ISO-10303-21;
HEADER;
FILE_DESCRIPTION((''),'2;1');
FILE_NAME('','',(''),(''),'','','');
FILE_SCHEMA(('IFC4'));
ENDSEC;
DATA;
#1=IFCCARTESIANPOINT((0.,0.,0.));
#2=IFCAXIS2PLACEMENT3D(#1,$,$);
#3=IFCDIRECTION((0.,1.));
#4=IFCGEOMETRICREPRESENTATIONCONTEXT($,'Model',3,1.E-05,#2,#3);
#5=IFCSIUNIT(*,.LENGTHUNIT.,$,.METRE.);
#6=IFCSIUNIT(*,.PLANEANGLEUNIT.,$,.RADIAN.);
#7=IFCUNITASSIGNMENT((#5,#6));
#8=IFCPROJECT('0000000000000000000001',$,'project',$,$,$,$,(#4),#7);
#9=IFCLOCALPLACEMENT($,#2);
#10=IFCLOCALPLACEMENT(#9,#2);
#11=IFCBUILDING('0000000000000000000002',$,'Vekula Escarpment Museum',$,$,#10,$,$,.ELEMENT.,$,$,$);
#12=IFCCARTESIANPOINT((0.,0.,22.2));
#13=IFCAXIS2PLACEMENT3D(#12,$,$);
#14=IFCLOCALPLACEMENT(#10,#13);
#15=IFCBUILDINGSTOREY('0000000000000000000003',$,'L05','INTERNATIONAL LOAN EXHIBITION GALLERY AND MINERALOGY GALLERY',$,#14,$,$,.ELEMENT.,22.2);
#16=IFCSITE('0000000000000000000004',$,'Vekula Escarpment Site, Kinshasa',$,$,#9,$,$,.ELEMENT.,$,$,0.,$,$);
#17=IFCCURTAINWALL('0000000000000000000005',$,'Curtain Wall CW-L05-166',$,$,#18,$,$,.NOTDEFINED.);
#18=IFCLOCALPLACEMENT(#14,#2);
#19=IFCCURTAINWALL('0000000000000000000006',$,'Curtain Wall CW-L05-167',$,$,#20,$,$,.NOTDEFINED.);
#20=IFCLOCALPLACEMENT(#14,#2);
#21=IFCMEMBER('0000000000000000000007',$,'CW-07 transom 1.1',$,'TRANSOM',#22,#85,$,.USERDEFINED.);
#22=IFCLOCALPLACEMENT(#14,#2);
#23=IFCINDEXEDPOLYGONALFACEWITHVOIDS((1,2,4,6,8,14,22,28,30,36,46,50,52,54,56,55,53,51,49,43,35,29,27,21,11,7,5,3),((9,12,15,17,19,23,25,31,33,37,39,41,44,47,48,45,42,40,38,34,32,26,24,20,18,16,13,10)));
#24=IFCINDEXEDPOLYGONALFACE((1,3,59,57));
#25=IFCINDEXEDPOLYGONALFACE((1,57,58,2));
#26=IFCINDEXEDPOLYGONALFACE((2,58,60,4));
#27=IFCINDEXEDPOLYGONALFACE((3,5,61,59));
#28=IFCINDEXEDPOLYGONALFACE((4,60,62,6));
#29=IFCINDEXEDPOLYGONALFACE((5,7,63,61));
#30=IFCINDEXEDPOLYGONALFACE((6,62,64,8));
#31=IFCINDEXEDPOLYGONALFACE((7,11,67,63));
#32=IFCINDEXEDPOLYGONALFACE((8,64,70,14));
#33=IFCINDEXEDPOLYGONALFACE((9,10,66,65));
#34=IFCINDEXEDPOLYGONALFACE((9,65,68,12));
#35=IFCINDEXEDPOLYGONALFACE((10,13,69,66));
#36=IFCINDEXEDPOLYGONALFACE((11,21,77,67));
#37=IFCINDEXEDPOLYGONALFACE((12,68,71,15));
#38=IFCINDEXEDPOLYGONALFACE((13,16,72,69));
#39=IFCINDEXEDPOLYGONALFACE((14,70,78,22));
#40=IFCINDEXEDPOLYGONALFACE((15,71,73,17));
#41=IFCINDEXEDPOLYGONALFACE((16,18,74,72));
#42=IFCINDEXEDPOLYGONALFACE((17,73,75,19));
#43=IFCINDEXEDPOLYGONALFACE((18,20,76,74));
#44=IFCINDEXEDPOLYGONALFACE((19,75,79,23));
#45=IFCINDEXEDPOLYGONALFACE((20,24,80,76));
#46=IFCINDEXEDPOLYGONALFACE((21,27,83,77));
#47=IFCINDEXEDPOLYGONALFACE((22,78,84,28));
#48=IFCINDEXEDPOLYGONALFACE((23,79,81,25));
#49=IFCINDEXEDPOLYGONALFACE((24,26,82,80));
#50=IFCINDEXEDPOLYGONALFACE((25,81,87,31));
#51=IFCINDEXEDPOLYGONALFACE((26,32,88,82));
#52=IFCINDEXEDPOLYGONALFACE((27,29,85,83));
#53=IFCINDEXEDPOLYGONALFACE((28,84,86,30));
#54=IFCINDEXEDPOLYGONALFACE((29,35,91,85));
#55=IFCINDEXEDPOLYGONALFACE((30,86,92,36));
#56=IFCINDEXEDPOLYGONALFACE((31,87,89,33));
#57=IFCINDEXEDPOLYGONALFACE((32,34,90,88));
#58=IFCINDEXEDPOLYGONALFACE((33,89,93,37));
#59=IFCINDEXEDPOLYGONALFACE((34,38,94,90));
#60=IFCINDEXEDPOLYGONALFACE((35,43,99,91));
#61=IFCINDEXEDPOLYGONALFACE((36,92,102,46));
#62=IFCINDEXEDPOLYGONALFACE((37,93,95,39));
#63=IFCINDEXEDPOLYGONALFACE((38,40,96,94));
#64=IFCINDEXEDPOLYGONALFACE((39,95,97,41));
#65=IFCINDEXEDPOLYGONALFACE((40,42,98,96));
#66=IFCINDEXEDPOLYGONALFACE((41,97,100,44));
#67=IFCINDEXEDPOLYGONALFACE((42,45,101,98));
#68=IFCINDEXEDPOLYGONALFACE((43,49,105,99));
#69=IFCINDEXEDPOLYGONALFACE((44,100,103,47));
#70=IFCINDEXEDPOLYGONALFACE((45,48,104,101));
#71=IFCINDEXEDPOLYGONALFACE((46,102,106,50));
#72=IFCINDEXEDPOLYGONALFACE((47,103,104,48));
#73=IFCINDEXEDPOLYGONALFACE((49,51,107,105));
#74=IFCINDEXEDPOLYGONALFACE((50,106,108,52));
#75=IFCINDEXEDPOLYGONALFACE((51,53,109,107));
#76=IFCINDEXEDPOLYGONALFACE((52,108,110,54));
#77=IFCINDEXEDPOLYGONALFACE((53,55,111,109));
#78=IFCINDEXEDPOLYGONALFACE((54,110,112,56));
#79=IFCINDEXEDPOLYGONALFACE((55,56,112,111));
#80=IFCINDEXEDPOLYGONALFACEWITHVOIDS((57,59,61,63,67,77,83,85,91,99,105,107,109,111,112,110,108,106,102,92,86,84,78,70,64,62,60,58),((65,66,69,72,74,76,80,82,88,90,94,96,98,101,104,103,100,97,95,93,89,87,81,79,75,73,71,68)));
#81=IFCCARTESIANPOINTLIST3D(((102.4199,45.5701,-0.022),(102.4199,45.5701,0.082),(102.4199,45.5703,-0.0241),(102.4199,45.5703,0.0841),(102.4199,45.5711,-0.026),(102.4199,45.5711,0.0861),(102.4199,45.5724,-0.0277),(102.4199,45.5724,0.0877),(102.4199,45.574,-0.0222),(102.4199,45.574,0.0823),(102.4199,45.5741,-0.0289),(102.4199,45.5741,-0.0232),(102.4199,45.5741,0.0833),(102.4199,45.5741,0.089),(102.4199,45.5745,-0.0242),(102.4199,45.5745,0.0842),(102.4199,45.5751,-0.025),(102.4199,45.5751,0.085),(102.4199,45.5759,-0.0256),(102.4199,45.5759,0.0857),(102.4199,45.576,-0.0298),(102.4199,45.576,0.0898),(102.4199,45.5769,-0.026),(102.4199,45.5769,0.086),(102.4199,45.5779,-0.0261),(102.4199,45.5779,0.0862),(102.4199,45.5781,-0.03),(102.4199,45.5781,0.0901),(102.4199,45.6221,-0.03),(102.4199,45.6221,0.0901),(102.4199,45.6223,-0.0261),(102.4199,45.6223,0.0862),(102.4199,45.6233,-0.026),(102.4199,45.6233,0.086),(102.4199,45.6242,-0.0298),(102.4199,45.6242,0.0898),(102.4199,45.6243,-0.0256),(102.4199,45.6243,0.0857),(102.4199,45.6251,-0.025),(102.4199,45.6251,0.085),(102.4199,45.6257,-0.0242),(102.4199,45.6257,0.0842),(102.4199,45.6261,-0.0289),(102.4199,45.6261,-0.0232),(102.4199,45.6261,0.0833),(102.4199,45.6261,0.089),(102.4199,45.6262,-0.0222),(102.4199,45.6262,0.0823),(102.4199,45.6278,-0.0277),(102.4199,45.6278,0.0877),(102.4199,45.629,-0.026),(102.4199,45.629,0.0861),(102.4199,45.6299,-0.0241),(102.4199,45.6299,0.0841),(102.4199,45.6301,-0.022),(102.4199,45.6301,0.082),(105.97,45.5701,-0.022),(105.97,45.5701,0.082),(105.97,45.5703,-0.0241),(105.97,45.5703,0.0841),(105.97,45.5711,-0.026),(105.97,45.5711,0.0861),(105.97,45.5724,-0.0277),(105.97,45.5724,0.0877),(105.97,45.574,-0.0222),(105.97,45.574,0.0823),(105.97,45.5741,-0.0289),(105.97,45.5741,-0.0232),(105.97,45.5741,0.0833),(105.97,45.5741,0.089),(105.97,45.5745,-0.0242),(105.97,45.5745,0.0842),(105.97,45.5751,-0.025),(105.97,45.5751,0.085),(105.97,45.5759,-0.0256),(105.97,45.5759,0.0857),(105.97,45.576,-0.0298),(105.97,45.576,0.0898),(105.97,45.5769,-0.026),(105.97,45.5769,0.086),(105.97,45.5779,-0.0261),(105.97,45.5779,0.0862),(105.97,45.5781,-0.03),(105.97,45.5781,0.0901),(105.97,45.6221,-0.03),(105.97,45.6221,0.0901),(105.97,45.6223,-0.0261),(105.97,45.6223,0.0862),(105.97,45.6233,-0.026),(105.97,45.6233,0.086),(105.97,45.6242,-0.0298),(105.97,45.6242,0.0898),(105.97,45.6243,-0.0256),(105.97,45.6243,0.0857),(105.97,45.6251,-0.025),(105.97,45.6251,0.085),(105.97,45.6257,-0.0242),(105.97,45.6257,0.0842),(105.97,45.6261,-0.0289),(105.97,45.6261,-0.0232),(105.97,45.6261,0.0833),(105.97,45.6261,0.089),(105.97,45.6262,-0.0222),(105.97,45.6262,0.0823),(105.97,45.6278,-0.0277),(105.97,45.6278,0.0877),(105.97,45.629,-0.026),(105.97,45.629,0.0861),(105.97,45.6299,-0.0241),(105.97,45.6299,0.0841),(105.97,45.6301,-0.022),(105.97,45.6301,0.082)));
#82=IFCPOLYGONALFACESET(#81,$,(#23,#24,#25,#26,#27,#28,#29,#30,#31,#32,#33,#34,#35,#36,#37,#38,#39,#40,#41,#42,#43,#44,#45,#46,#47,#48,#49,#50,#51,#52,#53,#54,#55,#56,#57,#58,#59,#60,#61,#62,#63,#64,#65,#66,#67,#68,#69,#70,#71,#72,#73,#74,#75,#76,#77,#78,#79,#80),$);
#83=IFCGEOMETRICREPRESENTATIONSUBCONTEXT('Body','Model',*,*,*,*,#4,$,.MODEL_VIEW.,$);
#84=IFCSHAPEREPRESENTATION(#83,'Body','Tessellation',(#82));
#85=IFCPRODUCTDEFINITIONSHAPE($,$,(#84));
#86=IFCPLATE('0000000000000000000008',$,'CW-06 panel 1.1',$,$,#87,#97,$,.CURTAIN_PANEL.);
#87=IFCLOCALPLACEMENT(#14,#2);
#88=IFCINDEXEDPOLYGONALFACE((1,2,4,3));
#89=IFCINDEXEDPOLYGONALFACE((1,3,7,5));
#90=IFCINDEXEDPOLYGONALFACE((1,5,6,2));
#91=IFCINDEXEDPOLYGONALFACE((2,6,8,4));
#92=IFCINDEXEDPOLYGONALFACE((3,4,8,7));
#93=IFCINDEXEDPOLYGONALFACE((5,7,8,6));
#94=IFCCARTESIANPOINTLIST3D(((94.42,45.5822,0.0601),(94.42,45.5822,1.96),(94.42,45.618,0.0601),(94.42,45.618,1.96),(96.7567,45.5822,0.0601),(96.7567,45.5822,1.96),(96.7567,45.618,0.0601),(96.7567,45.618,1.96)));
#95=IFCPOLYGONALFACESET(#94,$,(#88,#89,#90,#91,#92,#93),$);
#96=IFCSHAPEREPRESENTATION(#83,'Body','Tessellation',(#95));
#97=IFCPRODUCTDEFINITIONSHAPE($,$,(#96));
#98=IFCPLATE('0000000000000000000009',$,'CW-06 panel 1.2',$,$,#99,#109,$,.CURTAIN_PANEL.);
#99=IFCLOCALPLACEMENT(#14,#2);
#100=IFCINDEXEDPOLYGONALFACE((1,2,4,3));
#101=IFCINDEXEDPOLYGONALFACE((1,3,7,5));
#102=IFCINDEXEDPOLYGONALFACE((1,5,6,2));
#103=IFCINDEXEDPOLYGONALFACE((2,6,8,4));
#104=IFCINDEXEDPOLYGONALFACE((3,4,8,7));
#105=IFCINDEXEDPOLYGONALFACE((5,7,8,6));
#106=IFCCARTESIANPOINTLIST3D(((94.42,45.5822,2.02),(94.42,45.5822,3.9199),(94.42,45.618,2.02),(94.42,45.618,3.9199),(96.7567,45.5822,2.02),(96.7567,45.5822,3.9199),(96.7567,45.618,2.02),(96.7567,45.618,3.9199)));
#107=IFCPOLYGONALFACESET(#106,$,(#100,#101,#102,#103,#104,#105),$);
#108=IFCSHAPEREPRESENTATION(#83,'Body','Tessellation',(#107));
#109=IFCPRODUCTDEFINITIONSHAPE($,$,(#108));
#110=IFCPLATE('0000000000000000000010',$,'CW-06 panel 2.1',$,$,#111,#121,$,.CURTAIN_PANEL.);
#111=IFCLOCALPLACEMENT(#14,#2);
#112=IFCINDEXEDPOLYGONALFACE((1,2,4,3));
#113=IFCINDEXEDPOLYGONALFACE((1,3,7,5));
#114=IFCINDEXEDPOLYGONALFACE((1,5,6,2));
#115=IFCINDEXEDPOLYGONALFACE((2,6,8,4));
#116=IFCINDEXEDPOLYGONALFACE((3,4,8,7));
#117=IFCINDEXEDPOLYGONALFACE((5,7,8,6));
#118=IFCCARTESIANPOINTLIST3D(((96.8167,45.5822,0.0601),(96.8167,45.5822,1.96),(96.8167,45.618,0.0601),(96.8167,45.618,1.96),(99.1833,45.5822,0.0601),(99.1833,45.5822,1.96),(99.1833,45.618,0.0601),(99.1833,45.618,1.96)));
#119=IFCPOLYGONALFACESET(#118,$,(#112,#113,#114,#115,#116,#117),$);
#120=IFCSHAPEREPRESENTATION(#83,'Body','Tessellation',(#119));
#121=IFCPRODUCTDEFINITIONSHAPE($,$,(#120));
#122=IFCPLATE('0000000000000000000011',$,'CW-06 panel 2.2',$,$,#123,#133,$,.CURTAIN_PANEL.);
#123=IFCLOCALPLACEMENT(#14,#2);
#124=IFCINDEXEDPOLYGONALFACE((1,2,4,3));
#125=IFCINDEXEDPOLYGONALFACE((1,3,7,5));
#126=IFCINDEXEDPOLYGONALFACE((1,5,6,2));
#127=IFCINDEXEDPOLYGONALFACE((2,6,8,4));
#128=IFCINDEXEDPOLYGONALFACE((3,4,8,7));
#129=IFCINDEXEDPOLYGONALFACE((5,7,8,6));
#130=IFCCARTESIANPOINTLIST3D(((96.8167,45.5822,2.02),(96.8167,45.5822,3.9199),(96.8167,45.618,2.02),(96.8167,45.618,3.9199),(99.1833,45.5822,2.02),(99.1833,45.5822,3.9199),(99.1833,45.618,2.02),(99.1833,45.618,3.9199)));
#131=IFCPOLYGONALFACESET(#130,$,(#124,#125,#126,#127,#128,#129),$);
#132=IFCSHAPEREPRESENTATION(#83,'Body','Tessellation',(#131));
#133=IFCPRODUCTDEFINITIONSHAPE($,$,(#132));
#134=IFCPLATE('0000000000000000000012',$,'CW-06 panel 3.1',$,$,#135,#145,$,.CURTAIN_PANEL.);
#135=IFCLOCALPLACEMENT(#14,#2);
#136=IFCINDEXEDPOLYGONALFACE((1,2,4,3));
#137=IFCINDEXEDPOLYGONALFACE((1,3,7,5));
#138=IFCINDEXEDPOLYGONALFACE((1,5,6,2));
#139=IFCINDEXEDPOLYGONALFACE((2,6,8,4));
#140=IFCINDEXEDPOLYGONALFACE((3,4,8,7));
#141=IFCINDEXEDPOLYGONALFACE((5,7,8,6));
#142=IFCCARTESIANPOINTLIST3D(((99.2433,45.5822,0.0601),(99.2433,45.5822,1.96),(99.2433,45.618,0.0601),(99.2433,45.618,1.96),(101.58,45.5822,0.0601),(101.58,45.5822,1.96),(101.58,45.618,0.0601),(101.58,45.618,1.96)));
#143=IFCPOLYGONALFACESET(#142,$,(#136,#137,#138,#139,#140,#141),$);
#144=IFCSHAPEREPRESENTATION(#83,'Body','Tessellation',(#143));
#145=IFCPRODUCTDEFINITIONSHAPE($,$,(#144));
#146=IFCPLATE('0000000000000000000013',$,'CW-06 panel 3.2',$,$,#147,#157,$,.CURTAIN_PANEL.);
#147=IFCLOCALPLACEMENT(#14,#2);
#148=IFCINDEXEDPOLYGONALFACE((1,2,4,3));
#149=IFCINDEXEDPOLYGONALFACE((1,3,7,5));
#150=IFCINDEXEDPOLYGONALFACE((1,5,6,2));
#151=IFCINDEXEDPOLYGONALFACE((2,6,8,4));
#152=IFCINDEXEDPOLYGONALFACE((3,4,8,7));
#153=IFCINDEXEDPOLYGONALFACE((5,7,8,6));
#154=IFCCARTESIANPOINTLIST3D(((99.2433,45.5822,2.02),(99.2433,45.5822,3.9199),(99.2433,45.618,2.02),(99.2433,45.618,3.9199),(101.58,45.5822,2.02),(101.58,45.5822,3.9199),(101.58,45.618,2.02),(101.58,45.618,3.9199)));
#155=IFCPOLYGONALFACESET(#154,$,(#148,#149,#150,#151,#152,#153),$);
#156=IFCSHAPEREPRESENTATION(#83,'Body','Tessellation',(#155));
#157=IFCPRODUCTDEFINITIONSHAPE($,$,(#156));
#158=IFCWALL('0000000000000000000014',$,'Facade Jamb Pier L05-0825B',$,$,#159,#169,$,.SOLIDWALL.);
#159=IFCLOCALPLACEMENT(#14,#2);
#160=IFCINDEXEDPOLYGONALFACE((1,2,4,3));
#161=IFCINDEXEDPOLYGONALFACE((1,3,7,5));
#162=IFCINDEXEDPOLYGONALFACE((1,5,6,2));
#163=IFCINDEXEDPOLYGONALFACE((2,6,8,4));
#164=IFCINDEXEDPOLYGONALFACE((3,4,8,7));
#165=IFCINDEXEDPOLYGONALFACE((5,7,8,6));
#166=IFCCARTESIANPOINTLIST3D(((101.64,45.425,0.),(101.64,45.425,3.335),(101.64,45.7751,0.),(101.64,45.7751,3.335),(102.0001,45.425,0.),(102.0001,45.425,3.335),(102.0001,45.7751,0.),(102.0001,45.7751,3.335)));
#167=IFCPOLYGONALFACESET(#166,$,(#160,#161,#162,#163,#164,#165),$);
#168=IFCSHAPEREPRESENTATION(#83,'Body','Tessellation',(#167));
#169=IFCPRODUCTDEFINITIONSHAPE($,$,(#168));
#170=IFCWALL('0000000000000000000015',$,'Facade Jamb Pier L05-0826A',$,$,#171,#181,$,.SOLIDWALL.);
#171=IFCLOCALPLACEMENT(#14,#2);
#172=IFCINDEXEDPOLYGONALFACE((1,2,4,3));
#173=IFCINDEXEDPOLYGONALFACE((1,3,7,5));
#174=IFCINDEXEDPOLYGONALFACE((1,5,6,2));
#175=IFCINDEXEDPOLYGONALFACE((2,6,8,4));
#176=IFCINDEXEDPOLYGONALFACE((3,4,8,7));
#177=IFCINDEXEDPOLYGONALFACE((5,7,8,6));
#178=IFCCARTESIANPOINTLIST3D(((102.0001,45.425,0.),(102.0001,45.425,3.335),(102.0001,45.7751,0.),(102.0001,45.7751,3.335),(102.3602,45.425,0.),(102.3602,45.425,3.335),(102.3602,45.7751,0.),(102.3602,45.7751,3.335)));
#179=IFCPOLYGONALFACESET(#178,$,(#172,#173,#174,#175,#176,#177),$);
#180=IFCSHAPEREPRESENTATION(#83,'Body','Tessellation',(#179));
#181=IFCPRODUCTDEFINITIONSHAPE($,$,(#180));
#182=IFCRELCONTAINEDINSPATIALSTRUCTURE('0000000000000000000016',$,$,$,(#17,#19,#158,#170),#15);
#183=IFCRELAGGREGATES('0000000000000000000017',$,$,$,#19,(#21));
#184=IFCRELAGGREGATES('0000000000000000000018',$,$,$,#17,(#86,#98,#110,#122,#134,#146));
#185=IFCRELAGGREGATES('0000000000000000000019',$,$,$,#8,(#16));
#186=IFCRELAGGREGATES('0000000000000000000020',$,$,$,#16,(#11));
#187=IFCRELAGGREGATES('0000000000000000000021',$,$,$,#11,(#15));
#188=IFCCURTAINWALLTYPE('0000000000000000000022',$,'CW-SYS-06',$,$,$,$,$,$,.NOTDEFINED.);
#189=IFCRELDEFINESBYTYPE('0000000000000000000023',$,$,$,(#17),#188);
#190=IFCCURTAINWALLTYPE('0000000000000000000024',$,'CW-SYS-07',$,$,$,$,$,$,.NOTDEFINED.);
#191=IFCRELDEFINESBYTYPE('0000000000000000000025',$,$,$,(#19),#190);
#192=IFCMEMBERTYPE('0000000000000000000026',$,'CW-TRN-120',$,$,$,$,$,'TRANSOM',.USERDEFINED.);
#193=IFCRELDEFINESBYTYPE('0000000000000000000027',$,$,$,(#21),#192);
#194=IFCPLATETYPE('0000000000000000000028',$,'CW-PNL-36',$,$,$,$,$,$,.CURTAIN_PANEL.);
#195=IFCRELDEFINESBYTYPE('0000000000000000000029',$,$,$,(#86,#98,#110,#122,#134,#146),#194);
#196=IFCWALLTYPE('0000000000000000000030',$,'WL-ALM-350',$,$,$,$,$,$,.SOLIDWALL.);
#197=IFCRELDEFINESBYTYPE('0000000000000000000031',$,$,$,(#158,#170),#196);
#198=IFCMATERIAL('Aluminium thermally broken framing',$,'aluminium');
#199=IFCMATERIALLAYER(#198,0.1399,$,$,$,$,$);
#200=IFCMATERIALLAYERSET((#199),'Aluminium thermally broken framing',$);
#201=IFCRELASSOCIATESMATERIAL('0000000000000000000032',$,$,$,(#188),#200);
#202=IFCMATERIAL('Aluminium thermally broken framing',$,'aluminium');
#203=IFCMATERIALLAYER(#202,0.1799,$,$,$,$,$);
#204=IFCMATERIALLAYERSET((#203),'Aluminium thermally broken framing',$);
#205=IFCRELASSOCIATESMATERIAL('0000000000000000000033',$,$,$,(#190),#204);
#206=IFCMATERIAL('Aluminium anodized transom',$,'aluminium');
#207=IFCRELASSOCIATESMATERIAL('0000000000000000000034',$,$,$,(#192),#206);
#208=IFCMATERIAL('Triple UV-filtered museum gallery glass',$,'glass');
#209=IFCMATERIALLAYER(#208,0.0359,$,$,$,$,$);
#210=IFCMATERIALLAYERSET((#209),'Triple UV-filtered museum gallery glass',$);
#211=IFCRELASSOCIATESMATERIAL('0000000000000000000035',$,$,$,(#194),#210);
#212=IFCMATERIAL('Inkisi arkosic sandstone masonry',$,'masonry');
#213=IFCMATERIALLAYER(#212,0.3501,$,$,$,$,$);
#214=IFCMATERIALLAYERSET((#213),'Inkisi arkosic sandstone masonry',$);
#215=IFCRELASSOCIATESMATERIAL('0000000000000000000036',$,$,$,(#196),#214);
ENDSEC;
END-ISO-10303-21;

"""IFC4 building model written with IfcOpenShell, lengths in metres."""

from ifc_helpers import new_model, si_unit, direction, frame, frame_2d, origin, origin_2d, place, context, subcontext, project, spatial, rectangle, hollow_rectangle, extrude, material, layer, layer_set, material_profile, profile_set, type_object, element, aggregate, save


model = new_model("IFC4")

# Units and contexts
model_context = context("Model", 3, precision=1e-05, world=origin(), true_north=direction((0.0, 1.0)))
body_context = subcontext(model_context, "Body", "Model", "MODEL_VIEW")
ifc_project = project(units=[si_unit("LENGTHUNIT", "METRE"), si_unit("PLANEANGLEUNIT", "RADIAN")], contexts=[model_context])

# Site, building, storey
site_placement = place(None, origin())
site = spatial("IfcSite", under=ifc_project, at=site_placement, Name="Vekula Escarpment Site, Kinshasa", CompositionType="ELEMENT", RefElevation=0.0)
building_placement = place(site_placement, origin())
building = spatial("IfcBuilding", under=site, at=building_placement, Name="Vekula Escarpment Museum", CompositionType="ELEMENT")
storey_placement = place(building_placement, frame((0.0, 0.0, 22.2)))
storey = spatial("IfcBuildingStorey", under=building, at=storey_placement, Name="L05", Description="INTERNATIONAL LOAN EXHIBITION GALLERY AND MINERALOGY GALLERY", CompositionType="ELEMENT", Elevation=22.2)

# Curtain wall
ifc_material_1 = material(Name="Aluminium thermally broken framing", Category="aluminium")
ifc_layer_1 = layer(ifc_material_1, 0.1399)
ifc_layer_set_1 = layer_set([ifc_layer_1], Name="Aluminium thermally broken framing")
curtain_wall_type_1 = type_object("IfcCurtainWallType", Name="CW-SYS-06", PredefinedType="NOTDEFINED", material=ifc_layer_set_1)
curtain_wall_1_placement = place(storey_placement, origin())
curtain_wall_1 = element("IfcCurtainWall", 1, at=curtain_wall_1_placement, inside=storey, type_object=curtain_wall_type_1, Name="Curtain Wall CW-L05-166", PredefinedType="NOTDEFINED")

# Curtain wall
ifc_material_2 = material(Name="Aluminium thermally broken framing", Category="aluminium")
ifc_layer_2 = layer(ifc_material_2, 0.1799)
ifc_layer_set_2 = layer_set([ifc_layer_2], Name="Aluminium thermally broken framing")
curtain_wall_type_2 = type_object("IfcCurtainWallType", Name="CW-SYS-07", PredefinedType="NOTDEFINED", material=ifc_layer_set_2)
curtain_wall_2_placement = place(storey_placement, origin())
curtain_wall_2 = element("IfcCurtainWall", 2, at=curtain_wall_2_placement, inside=storey, type_object=curtain_wall_type_2, Name="Curtain Wall CW-L05-167", PredefinedType="NOTDEFINED")

# Member
ifc_material_3 = material(Name="Aluminium anodized transom", Category="aluminium")
ifc_material_profile_1 = material_profile(ifc_material_3, hollow_rectangle(XDim=0.0601, YDim=0.1201, WallThickness=0.0039, InnerFilletRadius=0.0039, OuterFilletRadius=0.0081, at=origin_2d()), Name="ALU 120x60x4")
ifc_profile_set_1 = profile_set([ifc_material_profile_1], Name="Aluminium anodized transom")
member_type_1 = type_object("IfcMemberType", Name="CW-TRN-120", ElementType="TRANSOM", PredefinedType="USERDEFINED", material=ifc_profile_set_1)
member_1_placement = place(storey_placement, frame((102.4199, 45.6001, 0.03), z_axis=(1.0, 0.0, 0.0), x_axis=(0.0, 1.0, 0.0)))
member_1 = element("IfcMember", 3, at=member_1_placement, type_object=member_type_1, Name="CW-07 transom 1.1", ObjectType="TRANSOM", PredefinedType="USERDEFINED", context=body_context, shape_type="SweptSolid", body=[
    extrude(hollow_rectangle(XDim=0.0601, YDim=0.1201, WallThickness=0.0039, InnerFilletRadius=0.0039, OuterFilletRadius=0.0081, at=origin_2d()), origin(), (0.0, 0.0, 1.0), 3.55),
])
aggregate(curtain_wall_2, [member_1])

# Plates
ifc_material_4 = material(Name="Triple UV-filtered museum gallery glass", Category="glass")
ifc_layer_3 = layer(ifc_material_4, 0.0359)
ifc_layer_set_3 = layer_set([ifc_layer_3], Name="Triple UV-filtered museum gallery glass")
plate_type = type_object("IfcPlateType", Name="CW-PNL-36", PredefinedType="CURTAIN_PANEL", material=ifc_layer_set_3)
plate_1_placement = place(storey_placement, frame((95.5884, 45.6001, 0.0601), z_axis=(0.0, 0.0, 1.0), x_axis=(1.0, 0.0, 0.0)))
plate_1 = element("IfcPlate", 4, at=plate_1_placement, type_object=plate_type, Name="CW-06 panel 1.1", PredefinedType="CURTAIN_PANEL", context=body_context, shape_type="SweptSolid", body=[
    extrude(rectangle(XDim=2.3367, YDim=0.0359, at=origin_2d()), origin(), (0.0, 0.0, 1.0), 1.8999),
])
plate_2_placement = place(storey_placement, frame((95.5884, 45.6001, 2.02), z_axis=(0.0, 0.0, 1.0), x_axis=(1.0, 0.0, 0.0)))
plate_2 = element("IfcPlate", 5, at=plate_2_placement, type_object=plate_type, Name="CW-06 panel 1.2", PredefinedType="CURTAIN_PANEL", context=body_context, shape_type="SweptSolid", body=[
    extrude(rectangle(XDim=2.3367, YDim=0.0359, at=origin_2d()), origin(), (0.0, 0.0, 1.0), 1.8999),
])
plate_3_placement = place(storey_placement, frame((98.0, 45.6001, 0.0601), z_axis=(0.0, 0.0, 1.0), x_axis=(1.0, 0.0, 0.0)))
plate_3 = element("IfcPlate", 6, at=plate_3_placement, type_object=plate_type, Name="CW-06 panel 2.1", PredefinedType="CURTAIN_PANEL", context=body_context, shape_type="SweptSolid", body=[
    extrude(rectangle(XDim=2.3667, YDim=0.0359, at=origin_2d()), origin(), (0.0, 0.0, 1.0), 1.8999),
])
plate_4_placement = place(storey_placement, frame((98.0, 45.6001, 2.02), z_axis=(0.0, 0.0, 1.0), x_axis=(1.0, 0.0, 0.0)))
plate_4 = element("IfcPlate", 7, at=plate_4_placement, type_object=plate_type, Name="CW-06 panel 2.2", PredefinedType="CURTAIN_PANEL", context=body_context, shape_type="SweptSolid", body=[
    extrude(rectangle(XDim=2.3667, YDim=0.0359, at=origin_2d()), origin(), (0.0, 0.0, 1.0), 1.8999),
])
plate_5_placement = place(storey_placement, frame((100.4116, 45.6001, 0.0601), z_axis=(0.0, 0.0, 1.0), x_axis=(1.0, 0.0, 0.0)))
plate_5 = element("IfcPlate", 8, at=plate_5_placement, type_object=plate_type, Name="CW-06 panel 3.1", PredefinedType="CURTAIN_PANEL", context=body_context, shape_type="SweptSolid", body=[
    extrude(rectangle(XDim=2.3367, YDim=0.0359, at=origin_2d()), origin(), (0.0, 0.0, 1.0), 1.8999),
])
plate_6_placement = place(storey_placement, frame((100.4116, 45.6001, 2.02), z_axis=(0.0, 0.0, 1.0), x_axis=(1.0, 0.0, 0.0)))
plate_6 = element("IfcPlate", 9, at=plate_6_placement, type_object=plate_type, Name="CW-06 panel 3.2", PredefinedType="CURTAIN_PANEL", context=body_context, shape_type="SweptSolid", body=[
    extrude(rectangle(XDim=2.3367, YDim=0.0359, at=origin_2d()), origin(), (0.0, 0.0, 1.0), 1.8999),
])
aggregate(curtain_wall_1, [plate_1, plate_2, plate_3, plate_4, plate_5, plate_6])

# Walls
ifc_material_5 = material(Name="Inkisi arkosic sandstone masonry", Category="masonry")
ifc_layer_4 = layer(ifc_material_5, 0.3501)
ifc_layer_set_4 = layer_set([ifc_layer_4], Name="Inkisi arkosic sandstone masonry")
wall_type = type_object("IfcWallType", Name="WL-ALM-350", PredefinedType="SOLIDWALL", material=ifc_layer_set_4)
for number, where, z_axis, x_axis, name in (
    (10, (101.6399, 45.6001, 0.0), (0.0, 0.0, 1.0), (1.0, 0.0, 0.0), "Facade Jamb Pier L05-0825B"),
    (11, (102.0, 45.6001, 0.0), (0.0, 0.0, 1.0), (1.0, 0.0, 0.0), "Facade Jamb Pier L05-0826A"),
):
    element("IfcWall", number, at=place(storey_placement, frame(where, z_axis=z_axis, x_axis=x_axis)), inside=storey, type_object=wall_type, Name=name, PredefinedType="SOLIDWALL", context=body_context, shape_type="SweptSolid", body=[
        extrude(rectangle(XDim=0.3601, YDim=0.3501, at=frame_2d((0.1802, 0.0))), origin(), (0.0, 0.0, 1.0), 3.335),
    ])

save(model, "model.ifc")
